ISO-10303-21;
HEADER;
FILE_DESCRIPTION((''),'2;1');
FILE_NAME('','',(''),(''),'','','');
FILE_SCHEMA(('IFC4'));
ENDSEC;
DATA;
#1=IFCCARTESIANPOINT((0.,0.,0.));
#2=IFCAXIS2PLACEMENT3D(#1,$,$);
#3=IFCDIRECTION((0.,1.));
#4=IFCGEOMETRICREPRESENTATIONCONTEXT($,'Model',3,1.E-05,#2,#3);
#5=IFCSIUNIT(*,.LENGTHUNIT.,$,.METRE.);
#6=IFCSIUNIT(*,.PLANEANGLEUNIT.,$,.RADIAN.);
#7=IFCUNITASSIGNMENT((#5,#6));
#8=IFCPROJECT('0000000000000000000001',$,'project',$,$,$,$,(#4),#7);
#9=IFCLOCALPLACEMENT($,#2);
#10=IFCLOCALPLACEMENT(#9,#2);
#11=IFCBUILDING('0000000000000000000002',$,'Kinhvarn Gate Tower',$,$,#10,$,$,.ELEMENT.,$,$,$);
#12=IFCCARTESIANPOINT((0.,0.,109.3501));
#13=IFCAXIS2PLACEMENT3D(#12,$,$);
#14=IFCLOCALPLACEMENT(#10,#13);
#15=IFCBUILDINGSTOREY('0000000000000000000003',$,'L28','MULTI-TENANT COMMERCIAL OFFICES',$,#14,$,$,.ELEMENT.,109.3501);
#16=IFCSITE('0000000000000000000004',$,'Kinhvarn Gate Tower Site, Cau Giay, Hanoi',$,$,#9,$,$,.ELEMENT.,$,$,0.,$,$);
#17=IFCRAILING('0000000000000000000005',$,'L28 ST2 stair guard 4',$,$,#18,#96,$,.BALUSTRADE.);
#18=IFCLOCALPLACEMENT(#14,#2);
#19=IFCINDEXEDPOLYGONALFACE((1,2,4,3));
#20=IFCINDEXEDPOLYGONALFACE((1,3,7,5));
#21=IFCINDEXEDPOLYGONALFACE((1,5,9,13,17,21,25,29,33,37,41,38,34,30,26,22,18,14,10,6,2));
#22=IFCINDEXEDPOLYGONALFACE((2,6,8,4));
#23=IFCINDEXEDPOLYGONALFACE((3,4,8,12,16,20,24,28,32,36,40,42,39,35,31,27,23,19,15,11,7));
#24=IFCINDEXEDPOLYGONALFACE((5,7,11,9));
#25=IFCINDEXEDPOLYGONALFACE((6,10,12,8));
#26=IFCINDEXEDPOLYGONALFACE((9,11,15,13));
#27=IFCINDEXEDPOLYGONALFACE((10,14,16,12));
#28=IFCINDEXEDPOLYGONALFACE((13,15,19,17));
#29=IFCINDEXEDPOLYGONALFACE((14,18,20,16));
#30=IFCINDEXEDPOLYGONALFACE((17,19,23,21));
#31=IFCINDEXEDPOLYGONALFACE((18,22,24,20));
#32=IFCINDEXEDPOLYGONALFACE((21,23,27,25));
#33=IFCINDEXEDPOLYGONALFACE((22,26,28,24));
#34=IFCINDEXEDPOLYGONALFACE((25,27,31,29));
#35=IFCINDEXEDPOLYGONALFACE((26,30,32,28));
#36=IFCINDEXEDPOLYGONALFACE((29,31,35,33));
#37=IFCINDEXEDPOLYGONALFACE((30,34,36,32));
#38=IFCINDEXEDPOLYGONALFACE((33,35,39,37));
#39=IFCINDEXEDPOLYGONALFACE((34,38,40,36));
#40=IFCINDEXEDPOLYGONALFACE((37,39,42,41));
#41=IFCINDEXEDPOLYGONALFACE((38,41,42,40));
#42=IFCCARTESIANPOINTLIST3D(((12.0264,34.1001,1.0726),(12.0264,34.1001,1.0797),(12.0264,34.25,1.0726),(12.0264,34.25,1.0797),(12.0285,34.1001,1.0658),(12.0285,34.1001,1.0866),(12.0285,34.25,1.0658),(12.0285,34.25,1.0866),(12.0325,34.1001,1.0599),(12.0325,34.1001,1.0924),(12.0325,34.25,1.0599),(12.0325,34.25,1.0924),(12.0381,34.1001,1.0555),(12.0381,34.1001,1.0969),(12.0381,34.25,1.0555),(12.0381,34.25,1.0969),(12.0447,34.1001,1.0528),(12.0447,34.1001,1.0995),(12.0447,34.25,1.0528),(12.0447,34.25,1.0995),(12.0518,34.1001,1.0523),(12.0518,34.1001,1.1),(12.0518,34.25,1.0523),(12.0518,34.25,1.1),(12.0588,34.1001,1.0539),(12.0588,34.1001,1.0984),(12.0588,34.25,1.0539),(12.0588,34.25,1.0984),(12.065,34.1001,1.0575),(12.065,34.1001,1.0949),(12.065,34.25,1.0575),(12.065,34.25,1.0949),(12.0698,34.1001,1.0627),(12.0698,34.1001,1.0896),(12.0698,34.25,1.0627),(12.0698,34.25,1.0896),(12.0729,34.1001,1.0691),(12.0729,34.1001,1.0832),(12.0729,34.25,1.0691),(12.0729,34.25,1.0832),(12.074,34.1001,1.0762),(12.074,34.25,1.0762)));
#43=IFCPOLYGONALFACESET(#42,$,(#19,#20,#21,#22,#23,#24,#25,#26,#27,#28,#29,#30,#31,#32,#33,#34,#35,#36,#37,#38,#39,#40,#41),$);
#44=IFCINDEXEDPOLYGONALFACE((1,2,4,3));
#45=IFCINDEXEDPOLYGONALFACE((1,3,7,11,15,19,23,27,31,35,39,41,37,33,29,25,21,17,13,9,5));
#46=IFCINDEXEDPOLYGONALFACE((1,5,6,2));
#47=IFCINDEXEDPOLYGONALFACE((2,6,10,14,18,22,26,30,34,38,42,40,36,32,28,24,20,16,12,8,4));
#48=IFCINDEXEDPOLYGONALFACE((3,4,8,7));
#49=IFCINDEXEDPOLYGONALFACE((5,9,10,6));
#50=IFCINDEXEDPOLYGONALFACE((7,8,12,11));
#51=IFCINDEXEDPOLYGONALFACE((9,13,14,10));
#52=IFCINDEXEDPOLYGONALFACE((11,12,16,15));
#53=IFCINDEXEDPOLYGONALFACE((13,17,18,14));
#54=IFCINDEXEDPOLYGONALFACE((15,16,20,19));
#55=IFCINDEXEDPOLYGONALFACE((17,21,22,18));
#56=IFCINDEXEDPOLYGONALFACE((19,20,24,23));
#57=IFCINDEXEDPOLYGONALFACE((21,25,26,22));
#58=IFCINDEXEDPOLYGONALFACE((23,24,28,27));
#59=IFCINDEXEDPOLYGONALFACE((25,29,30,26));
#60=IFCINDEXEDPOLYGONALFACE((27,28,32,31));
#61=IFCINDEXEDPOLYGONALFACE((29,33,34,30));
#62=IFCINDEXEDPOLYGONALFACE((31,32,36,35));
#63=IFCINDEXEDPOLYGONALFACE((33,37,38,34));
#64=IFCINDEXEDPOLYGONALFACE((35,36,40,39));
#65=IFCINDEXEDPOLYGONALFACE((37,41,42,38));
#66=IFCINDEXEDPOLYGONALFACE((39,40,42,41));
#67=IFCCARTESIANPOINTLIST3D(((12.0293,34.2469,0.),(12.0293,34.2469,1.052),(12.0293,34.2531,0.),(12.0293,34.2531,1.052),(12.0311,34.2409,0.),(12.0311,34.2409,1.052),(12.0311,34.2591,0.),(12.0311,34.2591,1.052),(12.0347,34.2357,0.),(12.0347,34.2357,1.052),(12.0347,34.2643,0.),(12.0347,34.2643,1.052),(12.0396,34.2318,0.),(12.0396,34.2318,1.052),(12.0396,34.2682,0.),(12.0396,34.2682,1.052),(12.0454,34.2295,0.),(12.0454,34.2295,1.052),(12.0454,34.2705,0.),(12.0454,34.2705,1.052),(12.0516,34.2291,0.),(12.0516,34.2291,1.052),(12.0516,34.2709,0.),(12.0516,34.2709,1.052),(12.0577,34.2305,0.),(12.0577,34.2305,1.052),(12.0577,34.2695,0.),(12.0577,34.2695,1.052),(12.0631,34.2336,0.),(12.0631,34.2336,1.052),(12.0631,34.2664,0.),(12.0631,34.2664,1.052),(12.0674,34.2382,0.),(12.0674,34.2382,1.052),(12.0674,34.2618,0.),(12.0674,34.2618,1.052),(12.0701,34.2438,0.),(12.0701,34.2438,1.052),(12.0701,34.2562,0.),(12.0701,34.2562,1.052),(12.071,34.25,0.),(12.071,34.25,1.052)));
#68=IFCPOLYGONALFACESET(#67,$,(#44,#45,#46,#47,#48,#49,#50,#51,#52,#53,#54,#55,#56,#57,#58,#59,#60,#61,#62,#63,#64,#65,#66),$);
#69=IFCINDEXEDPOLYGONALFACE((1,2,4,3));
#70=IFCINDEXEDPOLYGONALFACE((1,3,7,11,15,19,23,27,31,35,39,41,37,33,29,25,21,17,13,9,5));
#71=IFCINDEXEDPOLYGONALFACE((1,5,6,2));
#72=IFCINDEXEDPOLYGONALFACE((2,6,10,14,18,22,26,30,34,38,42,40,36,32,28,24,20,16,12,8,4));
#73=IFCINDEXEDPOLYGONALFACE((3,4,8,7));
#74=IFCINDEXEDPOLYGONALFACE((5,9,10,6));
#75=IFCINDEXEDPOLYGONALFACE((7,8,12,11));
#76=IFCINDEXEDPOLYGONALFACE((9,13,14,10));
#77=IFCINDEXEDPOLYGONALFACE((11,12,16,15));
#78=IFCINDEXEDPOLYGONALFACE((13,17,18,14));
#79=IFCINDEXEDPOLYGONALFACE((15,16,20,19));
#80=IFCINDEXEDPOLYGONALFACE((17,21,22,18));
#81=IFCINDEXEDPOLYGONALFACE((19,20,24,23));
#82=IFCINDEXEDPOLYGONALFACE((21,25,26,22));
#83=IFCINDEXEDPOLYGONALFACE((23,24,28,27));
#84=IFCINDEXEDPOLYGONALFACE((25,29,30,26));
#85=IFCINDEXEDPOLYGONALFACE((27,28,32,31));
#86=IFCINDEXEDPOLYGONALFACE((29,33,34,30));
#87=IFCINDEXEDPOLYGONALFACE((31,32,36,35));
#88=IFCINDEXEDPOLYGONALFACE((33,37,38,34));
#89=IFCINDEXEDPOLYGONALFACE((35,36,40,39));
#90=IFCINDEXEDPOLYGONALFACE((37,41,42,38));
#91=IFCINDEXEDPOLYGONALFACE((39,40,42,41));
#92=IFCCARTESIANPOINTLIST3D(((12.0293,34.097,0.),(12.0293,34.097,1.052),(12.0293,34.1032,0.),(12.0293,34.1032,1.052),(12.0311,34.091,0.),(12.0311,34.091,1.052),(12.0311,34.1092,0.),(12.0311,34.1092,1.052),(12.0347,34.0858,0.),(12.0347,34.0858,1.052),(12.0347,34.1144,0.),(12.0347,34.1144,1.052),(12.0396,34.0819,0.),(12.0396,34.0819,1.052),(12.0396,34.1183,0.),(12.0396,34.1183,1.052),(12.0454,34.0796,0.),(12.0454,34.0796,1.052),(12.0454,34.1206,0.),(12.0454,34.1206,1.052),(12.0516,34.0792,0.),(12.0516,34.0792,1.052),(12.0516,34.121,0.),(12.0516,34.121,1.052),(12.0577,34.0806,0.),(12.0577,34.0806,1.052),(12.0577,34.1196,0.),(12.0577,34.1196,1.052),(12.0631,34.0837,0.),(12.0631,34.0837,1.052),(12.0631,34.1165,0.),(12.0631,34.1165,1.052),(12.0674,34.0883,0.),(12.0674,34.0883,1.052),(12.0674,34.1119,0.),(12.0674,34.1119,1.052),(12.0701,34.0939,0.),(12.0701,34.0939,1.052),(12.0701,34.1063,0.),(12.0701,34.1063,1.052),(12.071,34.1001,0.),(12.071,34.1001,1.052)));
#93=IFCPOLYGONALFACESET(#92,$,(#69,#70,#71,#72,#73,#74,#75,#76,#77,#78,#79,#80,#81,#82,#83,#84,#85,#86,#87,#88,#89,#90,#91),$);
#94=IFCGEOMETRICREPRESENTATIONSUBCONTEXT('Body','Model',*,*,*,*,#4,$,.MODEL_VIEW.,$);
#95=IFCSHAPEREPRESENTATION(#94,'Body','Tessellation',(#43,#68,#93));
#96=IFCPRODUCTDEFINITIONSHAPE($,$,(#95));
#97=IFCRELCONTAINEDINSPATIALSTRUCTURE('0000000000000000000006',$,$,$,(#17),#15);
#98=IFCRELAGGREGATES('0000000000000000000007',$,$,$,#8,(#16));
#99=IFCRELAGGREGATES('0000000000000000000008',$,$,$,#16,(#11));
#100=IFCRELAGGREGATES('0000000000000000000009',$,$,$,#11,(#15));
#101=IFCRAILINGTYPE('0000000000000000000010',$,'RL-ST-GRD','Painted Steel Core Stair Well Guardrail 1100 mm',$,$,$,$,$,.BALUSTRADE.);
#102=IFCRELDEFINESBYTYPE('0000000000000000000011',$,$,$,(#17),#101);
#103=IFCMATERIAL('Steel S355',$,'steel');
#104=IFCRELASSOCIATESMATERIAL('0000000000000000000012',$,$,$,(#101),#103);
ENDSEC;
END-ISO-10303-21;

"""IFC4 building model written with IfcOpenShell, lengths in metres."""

from ifc_helpers import new_model, si_unit, direction, frame, origin, origin_2d, place, context, subcontext, project, spatial, circle, extrude, material, type_object, element, save


model = new_model("IFC4")

# Units and contexts
model_context = context("Model", 3, precision=1e-05, world=origin(), true_north=direction((0.0, 1.0)))
body_context = subcontext(model_context, "Body", "Model", "MODEL_VIEW")
ifc_project = project(units=[si_unit("LENGTHUNIT", "METRE"), si_unit("PLANEANGLEUNIT", "RADIAN")], contexts=[model_context])

# Site, building, storey
site_placement = place(None, origin())
site = spatial("IfcSite", under=ifc_project, at=site_placement, Name="Kinhvarn Gate Tower Site, Cau Giay, Hanoi", CompositionType="ELEMENT", RefElevation=0.0)
building_placement = place(site_placement, origin())
building = spatial("IfcBuilding", under=site, at=building_placement, Name="Kinhvarn Gate Tower", CompositionType="ELEMENT")
storey_placement = place(building_placement, frame((0.0, 0.0, 109.3501)))
storey = spatial("IfcBuildingStorey", under=building, at=storey_placement, Name="L28", Description="MULTI-TENANT COMMERCIAL OFFICES", CompositionType="ELEMENT", Elevation=109.3501)

# Shared definitions
ifc_material_1 = material(Name="Steel S355", Category="steel")

# Railing
railing_type_1 = type_object("IfcRailingType", Name="RL-ST-GRD", Description="Painted Steel Core Stair Well Guardrail 1100 mm", PredefinedType="BALUSTRADE", material=ifc_material_1)
railing_1_placement = place(storey_placement, frame((12.05, 34.25, 0.0)))
element("IfcRailing", 1, at=railing_1_placement, inside=storey, type_object=railing_type_1, Name="L28 ST2 stair guard 4", PredefinedType="BALUSTRADE", context=body_context, shape_type="SweptSolid", body=[
    extrude(circle(Radius=0.0239, at=origin_2d()), frame((0.0, 0.0, 1.0762), z_axis=(0.0, -1.0, 0.0), x_axis=(1.0, 0.0, 0.0)), (0.0, 0.0, 1.0), 0.1499),
    extrude(circle(Radius=0.021, at=origin_2d()), origin(), (0.0, 0.0, 1.0), 1.052),
    extrude(circle(Radius=0.021, at=origin_2d()), frame((0.0, -0.1499, 0.0)), (0.0, 0.0, 1.0), 1.052),
])

save(model, "model.ifc")
